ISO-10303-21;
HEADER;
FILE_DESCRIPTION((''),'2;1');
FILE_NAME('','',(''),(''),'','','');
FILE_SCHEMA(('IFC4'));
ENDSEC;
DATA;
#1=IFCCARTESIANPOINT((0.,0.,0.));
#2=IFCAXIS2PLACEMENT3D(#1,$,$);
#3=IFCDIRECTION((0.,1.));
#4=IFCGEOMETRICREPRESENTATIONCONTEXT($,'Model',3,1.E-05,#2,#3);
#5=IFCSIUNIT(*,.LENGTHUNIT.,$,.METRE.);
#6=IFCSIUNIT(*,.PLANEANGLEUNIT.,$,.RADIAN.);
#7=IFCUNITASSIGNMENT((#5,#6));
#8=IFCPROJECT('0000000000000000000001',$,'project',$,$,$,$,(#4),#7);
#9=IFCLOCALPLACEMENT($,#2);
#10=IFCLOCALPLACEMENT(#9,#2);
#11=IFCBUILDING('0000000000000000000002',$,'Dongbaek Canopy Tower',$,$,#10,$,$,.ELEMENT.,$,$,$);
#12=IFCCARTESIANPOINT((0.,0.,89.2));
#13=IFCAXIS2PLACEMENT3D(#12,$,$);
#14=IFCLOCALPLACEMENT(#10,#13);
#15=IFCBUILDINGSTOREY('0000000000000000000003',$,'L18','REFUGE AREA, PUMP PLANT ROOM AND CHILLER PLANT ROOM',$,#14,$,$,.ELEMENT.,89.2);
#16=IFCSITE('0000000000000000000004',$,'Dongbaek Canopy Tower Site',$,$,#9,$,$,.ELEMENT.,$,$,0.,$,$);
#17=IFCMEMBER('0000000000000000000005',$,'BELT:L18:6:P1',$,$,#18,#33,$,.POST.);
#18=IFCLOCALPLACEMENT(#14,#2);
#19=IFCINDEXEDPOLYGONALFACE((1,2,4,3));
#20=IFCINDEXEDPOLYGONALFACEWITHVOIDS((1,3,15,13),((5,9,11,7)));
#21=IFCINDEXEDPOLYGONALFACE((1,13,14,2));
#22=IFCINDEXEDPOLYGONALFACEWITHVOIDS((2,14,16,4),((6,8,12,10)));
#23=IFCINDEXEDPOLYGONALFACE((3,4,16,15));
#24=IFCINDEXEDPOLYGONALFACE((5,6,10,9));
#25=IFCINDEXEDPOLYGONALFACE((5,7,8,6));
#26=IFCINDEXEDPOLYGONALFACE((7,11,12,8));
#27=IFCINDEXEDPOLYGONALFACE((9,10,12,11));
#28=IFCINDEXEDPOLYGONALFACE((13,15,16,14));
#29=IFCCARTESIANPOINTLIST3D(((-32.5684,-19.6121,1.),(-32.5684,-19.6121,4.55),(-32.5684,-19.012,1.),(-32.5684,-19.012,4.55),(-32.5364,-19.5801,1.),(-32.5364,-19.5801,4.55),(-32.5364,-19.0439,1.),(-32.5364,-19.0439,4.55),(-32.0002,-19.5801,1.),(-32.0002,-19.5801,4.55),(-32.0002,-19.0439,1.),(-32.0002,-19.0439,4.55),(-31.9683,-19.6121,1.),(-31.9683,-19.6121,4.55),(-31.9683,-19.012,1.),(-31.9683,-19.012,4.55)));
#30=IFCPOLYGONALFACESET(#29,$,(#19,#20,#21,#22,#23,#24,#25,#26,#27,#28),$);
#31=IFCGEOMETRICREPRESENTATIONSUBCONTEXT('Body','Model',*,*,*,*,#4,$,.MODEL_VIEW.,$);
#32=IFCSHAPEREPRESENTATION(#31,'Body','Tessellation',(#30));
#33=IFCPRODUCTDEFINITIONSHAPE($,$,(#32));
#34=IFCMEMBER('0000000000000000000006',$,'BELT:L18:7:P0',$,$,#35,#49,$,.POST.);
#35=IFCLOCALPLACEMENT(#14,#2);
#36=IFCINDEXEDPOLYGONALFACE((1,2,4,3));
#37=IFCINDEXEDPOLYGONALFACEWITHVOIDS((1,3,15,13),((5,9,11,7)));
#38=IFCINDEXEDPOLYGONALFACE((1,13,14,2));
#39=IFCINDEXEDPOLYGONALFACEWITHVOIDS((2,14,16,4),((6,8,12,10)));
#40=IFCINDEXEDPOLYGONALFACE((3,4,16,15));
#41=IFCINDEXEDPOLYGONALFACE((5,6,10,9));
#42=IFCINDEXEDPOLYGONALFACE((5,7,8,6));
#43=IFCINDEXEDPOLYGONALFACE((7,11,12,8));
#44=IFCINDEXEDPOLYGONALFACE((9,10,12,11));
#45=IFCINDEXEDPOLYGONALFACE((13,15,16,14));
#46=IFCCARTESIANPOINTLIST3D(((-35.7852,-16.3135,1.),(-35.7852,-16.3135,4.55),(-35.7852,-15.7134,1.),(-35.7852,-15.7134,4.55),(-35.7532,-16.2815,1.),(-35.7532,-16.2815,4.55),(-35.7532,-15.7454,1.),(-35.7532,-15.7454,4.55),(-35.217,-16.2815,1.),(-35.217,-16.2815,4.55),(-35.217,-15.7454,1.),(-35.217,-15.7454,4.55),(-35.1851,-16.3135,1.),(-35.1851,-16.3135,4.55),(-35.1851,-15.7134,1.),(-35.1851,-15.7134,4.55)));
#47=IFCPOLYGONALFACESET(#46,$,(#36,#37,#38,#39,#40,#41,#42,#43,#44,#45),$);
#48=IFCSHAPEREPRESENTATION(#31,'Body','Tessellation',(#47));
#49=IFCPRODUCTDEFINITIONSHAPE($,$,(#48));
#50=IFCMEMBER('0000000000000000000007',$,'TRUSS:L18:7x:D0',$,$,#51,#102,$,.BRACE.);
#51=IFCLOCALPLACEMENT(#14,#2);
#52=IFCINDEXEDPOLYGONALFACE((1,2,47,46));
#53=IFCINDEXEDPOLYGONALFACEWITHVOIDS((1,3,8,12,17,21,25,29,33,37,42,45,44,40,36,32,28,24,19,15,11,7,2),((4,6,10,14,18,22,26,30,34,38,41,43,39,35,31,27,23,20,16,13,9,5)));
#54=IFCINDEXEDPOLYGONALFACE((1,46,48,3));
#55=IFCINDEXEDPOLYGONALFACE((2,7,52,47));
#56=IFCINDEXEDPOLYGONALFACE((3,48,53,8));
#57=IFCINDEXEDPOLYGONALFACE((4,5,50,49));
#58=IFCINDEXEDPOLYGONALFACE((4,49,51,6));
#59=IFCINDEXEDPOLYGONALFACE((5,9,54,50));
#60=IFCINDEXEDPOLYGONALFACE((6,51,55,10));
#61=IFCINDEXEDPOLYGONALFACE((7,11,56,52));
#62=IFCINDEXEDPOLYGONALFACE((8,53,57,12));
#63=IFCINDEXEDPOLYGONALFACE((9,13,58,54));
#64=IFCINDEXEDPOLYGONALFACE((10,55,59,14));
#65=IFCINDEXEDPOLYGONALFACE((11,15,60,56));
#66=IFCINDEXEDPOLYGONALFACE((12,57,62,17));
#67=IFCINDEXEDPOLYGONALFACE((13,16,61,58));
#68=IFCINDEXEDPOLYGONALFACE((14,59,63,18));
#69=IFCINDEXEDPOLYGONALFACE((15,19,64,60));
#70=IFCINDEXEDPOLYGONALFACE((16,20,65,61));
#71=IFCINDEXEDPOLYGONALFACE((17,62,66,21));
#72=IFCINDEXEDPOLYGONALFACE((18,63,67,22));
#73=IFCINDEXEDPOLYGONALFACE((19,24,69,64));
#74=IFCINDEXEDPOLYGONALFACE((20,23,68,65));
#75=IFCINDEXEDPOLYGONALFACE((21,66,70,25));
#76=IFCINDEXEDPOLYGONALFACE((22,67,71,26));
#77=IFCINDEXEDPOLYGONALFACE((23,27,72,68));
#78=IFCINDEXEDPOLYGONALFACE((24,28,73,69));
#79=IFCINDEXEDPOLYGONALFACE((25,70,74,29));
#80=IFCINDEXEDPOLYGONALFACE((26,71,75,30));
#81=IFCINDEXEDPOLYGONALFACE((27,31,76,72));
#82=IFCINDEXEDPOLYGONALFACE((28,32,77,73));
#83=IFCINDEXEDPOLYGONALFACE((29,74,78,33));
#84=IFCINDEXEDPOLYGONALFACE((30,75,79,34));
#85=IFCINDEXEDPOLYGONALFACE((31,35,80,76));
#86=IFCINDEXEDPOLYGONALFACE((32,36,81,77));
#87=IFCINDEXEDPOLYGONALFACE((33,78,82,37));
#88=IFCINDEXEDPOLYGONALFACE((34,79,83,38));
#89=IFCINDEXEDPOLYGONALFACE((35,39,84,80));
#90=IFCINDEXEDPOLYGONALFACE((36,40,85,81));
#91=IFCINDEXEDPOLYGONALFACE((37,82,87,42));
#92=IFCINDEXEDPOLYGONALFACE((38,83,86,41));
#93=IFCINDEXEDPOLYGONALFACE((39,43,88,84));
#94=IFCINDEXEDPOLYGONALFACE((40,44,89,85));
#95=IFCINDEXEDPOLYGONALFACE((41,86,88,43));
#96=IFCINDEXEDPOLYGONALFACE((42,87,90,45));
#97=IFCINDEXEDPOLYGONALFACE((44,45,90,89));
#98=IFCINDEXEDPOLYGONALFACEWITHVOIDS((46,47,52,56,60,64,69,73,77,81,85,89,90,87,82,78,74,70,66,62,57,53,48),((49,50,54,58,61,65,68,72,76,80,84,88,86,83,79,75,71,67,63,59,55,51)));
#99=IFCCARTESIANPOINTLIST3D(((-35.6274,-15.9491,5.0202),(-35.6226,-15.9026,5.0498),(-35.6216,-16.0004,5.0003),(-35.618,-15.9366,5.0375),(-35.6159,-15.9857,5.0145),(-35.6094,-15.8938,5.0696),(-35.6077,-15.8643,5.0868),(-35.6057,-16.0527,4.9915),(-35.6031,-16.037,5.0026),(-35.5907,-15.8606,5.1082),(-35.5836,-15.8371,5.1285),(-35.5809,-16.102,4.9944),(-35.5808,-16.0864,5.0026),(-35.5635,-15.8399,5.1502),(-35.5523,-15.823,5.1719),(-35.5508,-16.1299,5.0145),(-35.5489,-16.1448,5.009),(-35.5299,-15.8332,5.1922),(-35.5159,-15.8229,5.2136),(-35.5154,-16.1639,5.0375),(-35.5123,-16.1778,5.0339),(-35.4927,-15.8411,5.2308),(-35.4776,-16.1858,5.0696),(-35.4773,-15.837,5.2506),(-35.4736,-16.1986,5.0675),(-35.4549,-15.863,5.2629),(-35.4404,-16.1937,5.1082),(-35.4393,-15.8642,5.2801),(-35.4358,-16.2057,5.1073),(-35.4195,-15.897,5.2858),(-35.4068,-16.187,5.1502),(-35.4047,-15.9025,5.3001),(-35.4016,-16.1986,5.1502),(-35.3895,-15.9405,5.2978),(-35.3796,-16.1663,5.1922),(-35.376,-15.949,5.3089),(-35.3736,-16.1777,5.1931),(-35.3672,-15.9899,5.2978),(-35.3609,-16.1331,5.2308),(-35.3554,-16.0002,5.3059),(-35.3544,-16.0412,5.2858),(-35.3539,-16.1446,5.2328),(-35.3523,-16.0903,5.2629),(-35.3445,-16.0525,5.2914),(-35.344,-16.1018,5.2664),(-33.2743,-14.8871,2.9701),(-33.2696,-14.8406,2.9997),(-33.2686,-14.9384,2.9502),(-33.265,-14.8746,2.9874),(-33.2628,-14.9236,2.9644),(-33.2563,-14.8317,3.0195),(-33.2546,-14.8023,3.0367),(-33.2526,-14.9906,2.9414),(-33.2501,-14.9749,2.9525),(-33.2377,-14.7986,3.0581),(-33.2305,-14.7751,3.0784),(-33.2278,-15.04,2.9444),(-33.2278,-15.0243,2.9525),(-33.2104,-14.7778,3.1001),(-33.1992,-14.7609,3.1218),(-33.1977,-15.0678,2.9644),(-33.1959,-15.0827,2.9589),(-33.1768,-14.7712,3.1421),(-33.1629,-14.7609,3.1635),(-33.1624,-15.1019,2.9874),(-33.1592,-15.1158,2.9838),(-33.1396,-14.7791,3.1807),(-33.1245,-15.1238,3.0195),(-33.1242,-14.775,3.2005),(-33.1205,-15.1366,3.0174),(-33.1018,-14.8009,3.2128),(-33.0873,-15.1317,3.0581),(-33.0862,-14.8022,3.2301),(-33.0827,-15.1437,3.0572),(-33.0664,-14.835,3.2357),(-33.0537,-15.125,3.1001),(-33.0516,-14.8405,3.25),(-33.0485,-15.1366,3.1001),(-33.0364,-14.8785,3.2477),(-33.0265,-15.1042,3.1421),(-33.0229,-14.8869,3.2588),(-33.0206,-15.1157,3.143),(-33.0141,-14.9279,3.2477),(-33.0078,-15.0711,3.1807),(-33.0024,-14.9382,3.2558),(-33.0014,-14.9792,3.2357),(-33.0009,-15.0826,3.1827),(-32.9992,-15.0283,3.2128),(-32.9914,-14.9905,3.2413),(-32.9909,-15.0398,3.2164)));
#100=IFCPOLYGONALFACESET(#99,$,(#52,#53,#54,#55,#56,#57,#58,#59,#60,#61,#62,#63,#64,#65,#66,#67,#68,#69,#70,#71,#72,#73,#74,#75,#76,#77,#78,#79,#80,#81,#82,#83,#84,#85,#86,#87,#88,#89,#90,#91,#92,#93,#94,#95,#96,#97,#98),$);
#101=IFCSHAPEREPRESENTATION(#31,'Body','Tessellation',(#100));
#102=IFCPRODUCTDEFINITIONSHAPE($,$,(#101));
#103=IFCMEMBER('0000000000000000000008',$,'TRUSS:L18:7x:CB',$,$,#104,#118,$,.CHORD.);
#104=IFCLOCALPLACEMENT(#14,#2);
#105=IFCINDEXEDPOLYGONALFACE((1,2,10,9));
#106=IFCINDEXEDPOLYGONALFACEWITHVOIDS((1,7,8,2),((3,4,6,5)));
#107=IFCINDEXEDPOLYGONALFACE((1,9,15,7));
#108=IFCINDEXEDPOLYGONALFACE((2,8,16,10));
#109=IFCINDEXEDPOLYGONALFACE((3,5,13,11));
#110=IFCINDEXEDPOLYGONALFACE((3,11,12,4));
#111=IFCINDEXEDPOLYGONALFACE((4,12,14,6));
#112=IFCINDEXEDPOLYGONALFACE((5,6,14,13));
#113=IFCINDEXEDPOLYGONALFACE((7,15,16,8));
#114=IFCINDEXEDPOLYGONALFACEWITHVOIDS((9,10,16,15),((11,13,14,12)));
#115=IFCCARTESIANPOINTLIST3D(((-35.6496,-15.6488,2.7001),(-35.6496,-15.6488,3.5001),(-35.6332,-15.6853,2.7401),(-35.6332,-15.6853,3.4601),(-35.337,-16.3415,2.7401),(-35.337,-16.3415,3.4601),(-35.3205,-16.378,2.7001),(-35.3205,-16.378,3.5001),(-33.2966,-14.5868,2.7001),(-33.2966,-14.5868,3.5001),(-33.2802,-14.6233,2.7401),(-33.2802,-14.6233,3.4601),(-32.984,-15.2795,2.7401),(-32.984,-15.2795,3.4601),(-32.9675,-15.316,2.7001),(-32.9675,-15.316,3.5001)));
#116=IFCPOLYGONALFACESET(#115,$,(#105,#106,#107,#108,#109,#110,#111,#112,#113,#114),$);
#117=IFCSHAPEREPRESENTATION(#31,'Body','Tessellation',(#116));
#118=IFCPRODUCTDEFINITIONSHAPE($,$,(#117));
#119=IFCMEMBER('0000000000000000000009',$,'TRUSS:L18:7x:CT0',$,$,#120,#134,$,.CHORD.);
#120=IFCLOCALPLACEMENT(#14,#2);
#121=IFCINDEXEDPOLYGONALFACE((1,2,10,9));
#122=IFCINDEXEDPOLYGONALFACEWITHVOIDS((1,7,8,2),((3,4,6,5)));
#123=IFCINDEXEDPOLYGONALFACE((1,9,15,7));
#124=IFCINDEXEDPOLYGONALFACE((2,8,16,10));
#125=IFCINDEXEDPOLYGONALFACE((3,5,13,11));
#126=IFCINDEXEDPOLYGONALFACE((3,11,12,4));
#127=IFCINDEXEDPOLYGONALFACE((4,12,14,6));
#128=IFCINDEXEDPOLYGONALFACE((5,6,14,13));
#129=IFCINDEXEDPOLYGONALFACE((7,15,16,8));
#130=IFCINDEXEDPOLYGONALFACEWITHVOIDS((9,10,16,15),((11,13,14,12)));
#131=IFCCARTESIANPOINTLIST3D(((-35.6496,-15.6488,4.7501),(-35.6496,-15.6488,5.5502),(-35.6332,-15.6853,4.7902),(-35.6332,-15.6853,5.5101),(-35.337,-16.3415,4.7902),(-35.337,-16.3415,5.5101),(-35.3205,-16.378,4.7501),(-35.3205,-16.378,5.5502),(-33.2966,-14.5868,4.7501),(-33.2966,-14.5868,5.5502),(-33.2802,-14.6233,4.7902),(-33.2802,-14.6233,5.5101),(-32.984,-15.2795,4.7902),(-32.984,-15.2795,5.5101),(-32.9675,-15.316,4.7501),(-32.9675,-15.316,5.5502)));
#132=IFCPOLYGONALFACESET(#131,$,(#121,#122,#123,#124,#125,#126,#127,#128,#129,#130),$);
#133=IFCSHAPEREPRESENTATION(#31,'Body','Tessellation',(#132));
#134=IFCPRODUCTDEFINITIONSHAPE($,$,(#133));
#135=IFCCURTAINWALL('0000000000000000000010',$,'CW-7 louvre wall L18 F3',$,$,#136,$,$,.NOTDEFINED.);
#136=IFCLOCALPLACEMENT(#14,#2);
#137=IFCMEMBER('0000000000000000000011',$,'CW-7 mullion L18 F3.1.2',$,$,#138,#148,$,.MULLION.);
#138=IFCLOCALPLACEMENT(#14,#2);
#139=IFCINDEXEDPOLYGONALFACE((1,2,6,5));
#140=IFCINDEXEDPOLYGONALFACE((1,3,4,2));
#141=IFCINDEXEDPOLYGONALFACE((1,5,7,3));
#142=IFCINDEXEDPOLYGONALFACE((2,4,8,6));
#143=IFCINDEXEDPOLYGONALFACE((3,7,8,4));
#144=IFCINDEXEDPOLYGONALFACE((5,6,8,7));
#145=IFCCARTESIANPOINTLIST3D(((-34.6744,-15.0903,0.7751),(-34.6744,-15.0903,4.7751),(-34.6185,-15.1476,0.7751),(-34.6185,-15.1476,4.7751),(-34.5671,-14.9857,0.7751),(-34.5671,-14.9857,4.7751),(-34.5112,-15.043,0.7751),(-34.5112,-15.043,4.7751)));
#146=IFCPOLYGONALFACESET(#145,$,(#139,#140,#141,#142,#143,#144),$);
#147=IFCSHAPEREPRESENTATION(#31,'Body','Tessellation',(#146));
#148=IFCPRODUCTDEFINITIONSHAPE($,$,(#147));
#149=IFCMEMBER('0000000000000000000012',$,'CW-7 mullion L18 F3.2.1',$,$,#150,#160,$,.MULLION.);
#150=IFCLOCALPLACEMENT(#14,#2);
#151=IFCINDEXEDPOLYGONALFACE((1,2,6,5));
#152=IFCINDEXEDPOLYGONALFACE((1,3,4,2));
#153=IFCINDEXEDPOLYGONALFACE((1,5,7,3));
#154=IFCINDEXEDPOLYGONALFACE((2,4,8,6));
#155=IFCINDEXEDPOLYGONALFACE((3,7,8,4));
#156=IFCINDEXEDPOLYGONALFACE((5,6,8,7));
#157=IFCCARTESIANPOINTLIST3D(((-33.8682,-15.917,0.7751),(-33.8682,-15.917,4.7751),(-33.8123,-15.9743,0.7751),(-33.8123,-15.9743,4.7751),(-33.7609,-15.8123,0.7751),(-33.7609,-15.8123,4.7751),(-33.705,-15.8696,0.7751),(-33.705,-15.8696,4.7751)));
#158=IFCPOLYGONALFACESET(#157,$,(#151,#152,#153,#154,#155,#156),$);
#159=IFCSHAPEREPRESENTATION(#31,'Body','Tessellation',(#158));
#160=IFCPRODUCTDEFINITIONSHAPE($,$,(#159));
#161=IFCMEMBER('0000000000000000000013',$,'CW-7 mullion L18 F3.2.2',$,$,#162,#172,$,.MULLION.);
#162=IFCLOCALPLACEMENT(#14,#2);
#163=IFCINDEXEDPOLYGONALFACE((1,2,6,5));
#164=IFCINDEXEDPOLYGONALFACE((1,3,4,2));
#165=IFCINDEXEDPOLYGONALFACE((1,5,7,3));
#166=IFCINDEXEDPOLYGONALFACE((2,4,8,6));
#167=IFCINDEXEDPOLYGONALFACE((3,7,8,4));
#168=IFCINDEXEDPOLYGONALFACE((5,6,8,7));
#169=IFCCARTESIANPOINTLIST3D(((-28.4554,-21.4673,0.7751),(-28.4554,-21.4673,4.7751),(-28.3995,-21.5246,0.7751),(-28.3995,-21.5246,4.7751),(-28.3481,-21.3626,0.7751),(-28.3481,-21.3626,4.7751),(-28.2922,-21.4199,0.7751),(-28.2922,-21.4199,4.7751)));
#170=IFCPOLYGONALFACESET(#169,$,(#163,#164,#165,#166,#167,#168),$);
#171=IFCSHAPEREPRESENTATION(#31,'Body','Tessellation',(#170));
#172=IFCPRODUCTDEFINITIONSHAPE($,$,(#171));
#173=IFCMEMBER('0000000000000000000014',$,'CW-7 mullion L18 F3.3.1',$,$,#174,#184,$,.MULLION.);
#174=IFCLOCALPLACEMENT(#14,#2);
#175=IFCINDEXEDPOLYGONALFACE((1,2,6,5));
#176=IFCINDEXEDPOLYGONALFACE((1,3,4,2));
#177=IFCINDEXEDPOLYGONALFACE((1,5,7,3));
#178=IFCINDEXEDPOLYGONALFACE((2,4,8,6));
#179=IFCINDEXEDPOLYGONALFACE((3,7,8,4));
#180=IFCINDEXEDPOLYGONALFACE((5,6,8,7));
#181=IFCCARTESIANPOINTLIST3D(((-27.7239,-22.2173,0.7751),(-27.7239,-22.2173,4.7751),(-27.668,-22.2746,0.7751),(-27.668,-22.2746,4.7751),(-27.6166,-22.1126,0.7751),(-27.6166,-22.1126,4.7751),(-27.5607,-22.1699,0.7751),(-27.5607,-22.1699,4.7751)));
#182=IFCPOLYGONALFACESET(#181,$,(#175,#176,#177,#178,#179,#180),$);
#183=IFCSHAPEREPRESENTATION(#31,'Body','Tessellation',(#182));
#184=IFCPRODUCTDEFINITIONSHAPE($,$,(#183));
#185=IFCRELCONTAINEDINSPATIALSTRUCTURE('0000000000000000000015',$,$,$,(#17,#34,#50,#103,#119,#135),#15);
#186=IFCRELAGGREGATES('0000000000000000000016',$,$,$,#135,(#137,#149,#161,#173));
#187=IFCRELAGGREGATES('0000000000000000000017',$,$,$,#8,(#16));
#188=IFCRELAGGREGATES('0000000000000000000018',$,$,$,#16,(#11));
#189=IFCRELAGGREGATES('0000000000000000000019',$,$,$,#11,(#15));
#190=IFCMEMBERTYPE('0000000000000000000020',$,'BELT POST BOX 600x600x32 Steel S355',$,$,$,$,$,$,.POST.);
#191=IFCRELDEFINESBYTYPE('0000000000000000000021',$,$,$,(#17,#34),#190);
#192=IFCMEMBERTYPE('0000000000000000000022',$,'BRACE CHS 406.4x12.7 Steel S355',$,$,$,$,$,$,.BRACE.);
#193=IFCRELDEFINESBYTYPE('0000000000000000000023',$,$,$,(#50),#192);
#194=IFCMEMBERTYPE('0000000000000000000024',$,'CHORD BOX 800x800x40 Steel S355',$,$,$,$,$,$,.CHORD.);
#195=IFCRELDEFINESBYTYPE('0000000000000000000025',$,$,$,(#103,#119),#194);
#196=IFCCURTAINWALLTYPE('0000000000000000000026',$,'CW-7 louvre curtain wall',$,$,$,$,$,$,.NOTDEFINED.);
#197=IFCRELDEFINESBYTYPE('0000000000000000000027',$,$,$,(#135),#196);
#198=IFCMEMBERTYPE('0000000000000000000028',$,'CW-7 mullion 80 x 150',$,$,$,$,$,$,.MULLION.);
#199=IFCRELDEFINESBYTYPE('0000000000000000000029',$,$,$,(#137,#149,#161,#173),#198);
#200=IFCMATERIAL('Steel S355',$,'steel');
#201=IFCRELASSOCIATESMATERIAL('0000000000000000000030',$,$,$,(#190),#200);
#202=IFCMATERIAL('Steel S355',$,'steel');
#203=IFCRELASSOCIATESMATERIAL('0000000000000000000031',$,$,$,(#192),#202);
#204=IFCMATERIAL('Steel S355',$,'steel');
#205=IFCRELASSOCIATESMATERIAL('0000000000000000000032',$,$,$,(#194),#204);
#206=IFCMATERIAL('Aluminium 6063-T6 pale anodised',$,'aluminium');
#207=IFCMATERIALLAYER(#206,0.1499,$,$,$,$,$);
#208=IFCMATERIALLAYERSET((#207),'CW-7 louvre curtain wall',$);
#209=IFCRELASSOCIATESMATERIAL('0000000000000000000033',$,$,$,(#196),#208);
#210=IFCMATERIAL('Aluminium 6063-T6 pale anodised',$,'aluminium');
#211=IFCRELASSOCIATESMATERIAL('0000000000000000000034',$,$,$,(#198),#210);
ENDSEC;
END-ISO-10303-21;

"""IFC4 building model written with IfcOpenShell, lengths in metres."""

from ifc_helpers import new_model, si_unit, direction, frame, origin, origin_2d, place, context, subcontext, project, spatial, rectangle, hollow_rectangle, hollow_circle, extrude, material, layer, layer_set, material_profile, profile_set, type_object, element, aggregate, save


model = new_model("IFC4")

# Units and contexts
model_context = context("Model", 3, precision=1e-05, world=origin(), true_north=direction((0.0, 1.0)))
body_context = subcontext(model_context, "Body", "Model", "MODEL_VIEW")
ifc_project = project(units=[si_unit("LENGTHUNIT", "METRE"), si_unit("PLANEANGLEUNIT", "RADIAN")], contexts=[model_context])

# Site, building, storey
site_placement = place(None, origin())
site = spatial("IfcSite", under=ifc_project, at=site_placement, Name="Dongbaek Canopy Tower Site", CompositionType="ELEMENT", RefElevation=0.0)
building_placement = place(site_placement, origin())
building = spatial("IfcBuilding", under=site, at=building_placement, Name="Dongbaek Canopy Tower", CompositionType="ELEMENT")
storey_placement = place(building_placement, frame((0.0, 0.0, 89.2)))
storey = spatial("IfcBuildingStorey", under=building, at=storey_placement, Name="L18", Description="REFUGE AREA, PUMP PLANT ROOM AND CHILLER PLANT ROOM", CompositionType="ELEMENT", Elevation=89.2)

# Members
ifc_material_1 = material(Name="Steel S355", Category="steel")
ifc_material_profile_1 = material_profile(ifc_material_1, hollow_rectangle(XDim=0.6001, YDim=0.6001, WallThickness=0.032, at=origin_2d()), Name="BELT POST BOX 600x600x32 Steel S355")
ifc_profile_set_1 = profile_set([ifc_material_profile_1], Name="Steel S355")
member_type_1 = type_object("IfcMemberType", Name="BELT POST BOX 600x600x32 Steel S355", PredefinedType="POST", material=ifc_profile_set_1)
for number, where, z_axis, x_axis, name in (
    (1, (-32.2683, -19.312, 1.0), (0.0, 0.0, 1.0), (1.0, 0.0, 0.0), "BELT:L18:6:P1"),
    (2, (-35.4851, -16.0134, 1.0), (0.0, 0.0, 1.0), (1.0, 0.0, 0.0), "BELT:L18:7:P0"),
):
    element("IfcMember", number, at=place(storey_placement, frame(where, z_axis=z_axis, x_axis=x_axis)), inside=storey, type_object=member_type_1, Name=name, PredefinedType="POST", context=body_context, shape_type="SweptSolid", body=[
        extrude(hollow_rectangle(XDim=0.6001, YDim=0.6001, WallThickness=0.032, at=origin_2d()), origin(), (0.0, 0.0, 1.0), 3.55),
    ])
ifc_material_2 = material(Name="Steel S355", Category="steel")
ifc_material_profile_2 = material_profile(ifc_material_2, hollow_circle(Radius=0.2031, WallThickness=0.0127, at=origin_2d()), Name="BRACE CHS 406.4x12.7 Steel S355")
ifc_profile_set_2 = profile_set([ifc_material_profile_2], Name="Steel S355")
member_type_2 = type_object("IfcMemberType", Name="BRACE CHS 406.4x12.7 Steel S355", PredefinedType="BRACE", material=ifc_profile_set_2)
member_1_placement = place(storey_placement, frame((-33.1321, -14.9514, 3.1001), z_axis=(-0.713783, -0.322158, 0.621875), x_axis=(0.411379, -0.911464, 0.0)))
element("IfcMember", 3, at=member_1_placement, inside=storey, type_object=member_type_2, Name="TRUSS:L18:7x:D0", PredefinedType="BRACE", context=body_context, shape_type="SweptSolid", body=[
    extrude(hollow_circle(Radius=0.2031, WallThickness=0.0127, at=origin_2d()), origin(), (0.0, 0.0, 1.0), 3.2966),
])
ifc_material_3 = material(Name="Steel S355", Category="steel")
ifc_material_profile_3 = material_profile(ifc_material_3, hollow_rectangle(XDim=0.8, YDim=0.8, WallThickness=0.04, at=origin_2d()), Name="CHORD BOX 800x800x40 Steel S355")
ifc_profile_set_3 = profile_set([ifc_material_profile_3], Name="Steel S355")
member_type_3 = type_object("IfcMemberType", Name="CHORD BOX 800x800x40 Steel S355", PredefinedType="CHORD", material=ifc_profile_set_3)
for number, where, z_axis, x_axis, name in (
    (4, (-33.1321, -14.9514, 3.1001), (-0.911464, -0.411379, 0.0), (0.411379, -0.911464, 0.0), "TRUSS:L18:7x:CB"),
    (5, (-33.1321, -14.9514, 5.1501), (-0.911464, -0.411379, 0.0), (0.411379, -0.911464, 0.0), "TRUSS:L18:7x:CT0"),
):
    element("IfcMember", number, at=place(storey_placement, frame(where, z_axis=z_axis, x_axis=x_axis)), inside=storey, type_object=member_type_3, Name=name, PredefinedType="CHORD", context=body_context, shape_type="SweptSolid", body=[
        extrude(hollow_rectangle(XDim=0.8, YDim=0.8, WallThickness=0.04, at=origin_2d()), origin(), (0.0, 0.0, 1.0), 2.5815),
    ])

# Curtain wall, members
ifc_material_4 = material(Name="Aluminium 6063-T6 pale anodised", Category="aluminium")
ifc_layer_1 = layer(ifc_material_4, 0.1499)
ifc_layer_set_1 = layer_set([ifc_layer_1], Name="CW-7 louvre curtain wall")
curtain_wall_type = type_object("IfcCurtainWallType", Name="CW-7 louvre curtain wall", PredefinedType="NOTDEFINED", material=ifc_layer_set_1)
curtain_wall_placement = place(storey_placement, origin())
curtain_wall = element("IfcCurtainWall", 6, at=curtain_wall_placement, inside=storey, type_object=curtain_wall_type, Name="CW-7 louvre wall L18 F3", PredefinedType="NOTDEFINED")
ifc_material_5 = material(Name="Aluminium 6063-T6 pale anodised", Category="aluminium")
ifc_material_profile_4 = material_profile(ifc_material_5, rectangle(XDim=0.1499, YDim=0.0801, at=origin_2d()), Name="CW-7 mullion 80 x 150")
ifc_profile_set_4 = profile_set([ifc_material_profile_4], Name="Aluminium 6063-T6 pale anodised")
member_type_4 = type_object("IfcMemberType", Name="CW-7 mullion 80 x 150", PredefinedType="MULLION", material=ifc_profile_set_4)
member_2_placement = place(storey_placement, frame((-34.5928, -15.0667, 0.7751), z_axis=(0.0, 0.0, 1.0), x_axis=(-0.715921, -0.698181, 0.0)))
member_2 = element("IfcMember", 7, at=member_2_placement, type_object=member_type_4, Name="CW-7 mullion L18 F3.1.2", PredefinedType="MULLION", context=body_context, shape_type="SweptSolid", body=[
    extrude(rectangle(XDim=0.1499, YDim=0.0801, at=origin_2d()), origin(), (0.0, 0.0, 1.0), 4.0),
])
member_3_placement = place(storey_placement, frame((-33.7866, -15.8933, 0.7751), z_axis=(0.0, 0.0, 1.0), x_axis=(-0.715921, -0.698181, 0.0)))
member_3 = element("IfcMember", 8, at=member_3_placement, type_object=member_type_4, Name="CW-7 mullion L18 F3.2.1", PredefinedType="MULLION", context=body_context, shape_type="SweptSolid", body=[
    extrude(rectangle(XDim=0.1499, YDim=0.0801, at=origin_2d()), origin(), (0.0, 0.0, 1.0), 4.0),
])
member_4_placement = place(storey_placement, frame((-28.3738, -21.4436, 0.7751), z_axis=(0.0, 0.0, 1.0), x_axis=(-0.715921, -0.698181, 0.0)))
member_4 = element("IfcMember", 9, at=member_4_placement, type_object=member_type_4, Name="CW-7 mullion L18 F3.2.2", PredefinedType="MULLION", context=body_context, shape_type="SweptSolid", body=[
    extrude(rectangle(XDim=0.1499, YDim=0.0801, at=origin_2d()), origin(), (0.0, 0.0, 1.0), 4.0),
])
member_5_placement = place(storey_placement, frame((-27.6423, -22.1936, 0.7751), z_axis=(0.0, 0.0, 1.0), x_axis=(-0.715921, -0.698181, 0.0)))
member_5 = element("IfcMember", 10, at=member_5_placement, type_object=member_type_4, Name="CW-7 mullion L18 F3.3.1", PredefinedType="MULLION", context=body_context, shape_type="SweptSolid", body=[
    extrude(rectangle(XDim=0.1499, YDim=0.0801, at=origin_2d()), origin(), (0.0, 0.0, 1.0), 4.0),
])

aggregate(curtain_wall, [member_2, member_3, member_4, member_5])

save(model, "model.ifc")
